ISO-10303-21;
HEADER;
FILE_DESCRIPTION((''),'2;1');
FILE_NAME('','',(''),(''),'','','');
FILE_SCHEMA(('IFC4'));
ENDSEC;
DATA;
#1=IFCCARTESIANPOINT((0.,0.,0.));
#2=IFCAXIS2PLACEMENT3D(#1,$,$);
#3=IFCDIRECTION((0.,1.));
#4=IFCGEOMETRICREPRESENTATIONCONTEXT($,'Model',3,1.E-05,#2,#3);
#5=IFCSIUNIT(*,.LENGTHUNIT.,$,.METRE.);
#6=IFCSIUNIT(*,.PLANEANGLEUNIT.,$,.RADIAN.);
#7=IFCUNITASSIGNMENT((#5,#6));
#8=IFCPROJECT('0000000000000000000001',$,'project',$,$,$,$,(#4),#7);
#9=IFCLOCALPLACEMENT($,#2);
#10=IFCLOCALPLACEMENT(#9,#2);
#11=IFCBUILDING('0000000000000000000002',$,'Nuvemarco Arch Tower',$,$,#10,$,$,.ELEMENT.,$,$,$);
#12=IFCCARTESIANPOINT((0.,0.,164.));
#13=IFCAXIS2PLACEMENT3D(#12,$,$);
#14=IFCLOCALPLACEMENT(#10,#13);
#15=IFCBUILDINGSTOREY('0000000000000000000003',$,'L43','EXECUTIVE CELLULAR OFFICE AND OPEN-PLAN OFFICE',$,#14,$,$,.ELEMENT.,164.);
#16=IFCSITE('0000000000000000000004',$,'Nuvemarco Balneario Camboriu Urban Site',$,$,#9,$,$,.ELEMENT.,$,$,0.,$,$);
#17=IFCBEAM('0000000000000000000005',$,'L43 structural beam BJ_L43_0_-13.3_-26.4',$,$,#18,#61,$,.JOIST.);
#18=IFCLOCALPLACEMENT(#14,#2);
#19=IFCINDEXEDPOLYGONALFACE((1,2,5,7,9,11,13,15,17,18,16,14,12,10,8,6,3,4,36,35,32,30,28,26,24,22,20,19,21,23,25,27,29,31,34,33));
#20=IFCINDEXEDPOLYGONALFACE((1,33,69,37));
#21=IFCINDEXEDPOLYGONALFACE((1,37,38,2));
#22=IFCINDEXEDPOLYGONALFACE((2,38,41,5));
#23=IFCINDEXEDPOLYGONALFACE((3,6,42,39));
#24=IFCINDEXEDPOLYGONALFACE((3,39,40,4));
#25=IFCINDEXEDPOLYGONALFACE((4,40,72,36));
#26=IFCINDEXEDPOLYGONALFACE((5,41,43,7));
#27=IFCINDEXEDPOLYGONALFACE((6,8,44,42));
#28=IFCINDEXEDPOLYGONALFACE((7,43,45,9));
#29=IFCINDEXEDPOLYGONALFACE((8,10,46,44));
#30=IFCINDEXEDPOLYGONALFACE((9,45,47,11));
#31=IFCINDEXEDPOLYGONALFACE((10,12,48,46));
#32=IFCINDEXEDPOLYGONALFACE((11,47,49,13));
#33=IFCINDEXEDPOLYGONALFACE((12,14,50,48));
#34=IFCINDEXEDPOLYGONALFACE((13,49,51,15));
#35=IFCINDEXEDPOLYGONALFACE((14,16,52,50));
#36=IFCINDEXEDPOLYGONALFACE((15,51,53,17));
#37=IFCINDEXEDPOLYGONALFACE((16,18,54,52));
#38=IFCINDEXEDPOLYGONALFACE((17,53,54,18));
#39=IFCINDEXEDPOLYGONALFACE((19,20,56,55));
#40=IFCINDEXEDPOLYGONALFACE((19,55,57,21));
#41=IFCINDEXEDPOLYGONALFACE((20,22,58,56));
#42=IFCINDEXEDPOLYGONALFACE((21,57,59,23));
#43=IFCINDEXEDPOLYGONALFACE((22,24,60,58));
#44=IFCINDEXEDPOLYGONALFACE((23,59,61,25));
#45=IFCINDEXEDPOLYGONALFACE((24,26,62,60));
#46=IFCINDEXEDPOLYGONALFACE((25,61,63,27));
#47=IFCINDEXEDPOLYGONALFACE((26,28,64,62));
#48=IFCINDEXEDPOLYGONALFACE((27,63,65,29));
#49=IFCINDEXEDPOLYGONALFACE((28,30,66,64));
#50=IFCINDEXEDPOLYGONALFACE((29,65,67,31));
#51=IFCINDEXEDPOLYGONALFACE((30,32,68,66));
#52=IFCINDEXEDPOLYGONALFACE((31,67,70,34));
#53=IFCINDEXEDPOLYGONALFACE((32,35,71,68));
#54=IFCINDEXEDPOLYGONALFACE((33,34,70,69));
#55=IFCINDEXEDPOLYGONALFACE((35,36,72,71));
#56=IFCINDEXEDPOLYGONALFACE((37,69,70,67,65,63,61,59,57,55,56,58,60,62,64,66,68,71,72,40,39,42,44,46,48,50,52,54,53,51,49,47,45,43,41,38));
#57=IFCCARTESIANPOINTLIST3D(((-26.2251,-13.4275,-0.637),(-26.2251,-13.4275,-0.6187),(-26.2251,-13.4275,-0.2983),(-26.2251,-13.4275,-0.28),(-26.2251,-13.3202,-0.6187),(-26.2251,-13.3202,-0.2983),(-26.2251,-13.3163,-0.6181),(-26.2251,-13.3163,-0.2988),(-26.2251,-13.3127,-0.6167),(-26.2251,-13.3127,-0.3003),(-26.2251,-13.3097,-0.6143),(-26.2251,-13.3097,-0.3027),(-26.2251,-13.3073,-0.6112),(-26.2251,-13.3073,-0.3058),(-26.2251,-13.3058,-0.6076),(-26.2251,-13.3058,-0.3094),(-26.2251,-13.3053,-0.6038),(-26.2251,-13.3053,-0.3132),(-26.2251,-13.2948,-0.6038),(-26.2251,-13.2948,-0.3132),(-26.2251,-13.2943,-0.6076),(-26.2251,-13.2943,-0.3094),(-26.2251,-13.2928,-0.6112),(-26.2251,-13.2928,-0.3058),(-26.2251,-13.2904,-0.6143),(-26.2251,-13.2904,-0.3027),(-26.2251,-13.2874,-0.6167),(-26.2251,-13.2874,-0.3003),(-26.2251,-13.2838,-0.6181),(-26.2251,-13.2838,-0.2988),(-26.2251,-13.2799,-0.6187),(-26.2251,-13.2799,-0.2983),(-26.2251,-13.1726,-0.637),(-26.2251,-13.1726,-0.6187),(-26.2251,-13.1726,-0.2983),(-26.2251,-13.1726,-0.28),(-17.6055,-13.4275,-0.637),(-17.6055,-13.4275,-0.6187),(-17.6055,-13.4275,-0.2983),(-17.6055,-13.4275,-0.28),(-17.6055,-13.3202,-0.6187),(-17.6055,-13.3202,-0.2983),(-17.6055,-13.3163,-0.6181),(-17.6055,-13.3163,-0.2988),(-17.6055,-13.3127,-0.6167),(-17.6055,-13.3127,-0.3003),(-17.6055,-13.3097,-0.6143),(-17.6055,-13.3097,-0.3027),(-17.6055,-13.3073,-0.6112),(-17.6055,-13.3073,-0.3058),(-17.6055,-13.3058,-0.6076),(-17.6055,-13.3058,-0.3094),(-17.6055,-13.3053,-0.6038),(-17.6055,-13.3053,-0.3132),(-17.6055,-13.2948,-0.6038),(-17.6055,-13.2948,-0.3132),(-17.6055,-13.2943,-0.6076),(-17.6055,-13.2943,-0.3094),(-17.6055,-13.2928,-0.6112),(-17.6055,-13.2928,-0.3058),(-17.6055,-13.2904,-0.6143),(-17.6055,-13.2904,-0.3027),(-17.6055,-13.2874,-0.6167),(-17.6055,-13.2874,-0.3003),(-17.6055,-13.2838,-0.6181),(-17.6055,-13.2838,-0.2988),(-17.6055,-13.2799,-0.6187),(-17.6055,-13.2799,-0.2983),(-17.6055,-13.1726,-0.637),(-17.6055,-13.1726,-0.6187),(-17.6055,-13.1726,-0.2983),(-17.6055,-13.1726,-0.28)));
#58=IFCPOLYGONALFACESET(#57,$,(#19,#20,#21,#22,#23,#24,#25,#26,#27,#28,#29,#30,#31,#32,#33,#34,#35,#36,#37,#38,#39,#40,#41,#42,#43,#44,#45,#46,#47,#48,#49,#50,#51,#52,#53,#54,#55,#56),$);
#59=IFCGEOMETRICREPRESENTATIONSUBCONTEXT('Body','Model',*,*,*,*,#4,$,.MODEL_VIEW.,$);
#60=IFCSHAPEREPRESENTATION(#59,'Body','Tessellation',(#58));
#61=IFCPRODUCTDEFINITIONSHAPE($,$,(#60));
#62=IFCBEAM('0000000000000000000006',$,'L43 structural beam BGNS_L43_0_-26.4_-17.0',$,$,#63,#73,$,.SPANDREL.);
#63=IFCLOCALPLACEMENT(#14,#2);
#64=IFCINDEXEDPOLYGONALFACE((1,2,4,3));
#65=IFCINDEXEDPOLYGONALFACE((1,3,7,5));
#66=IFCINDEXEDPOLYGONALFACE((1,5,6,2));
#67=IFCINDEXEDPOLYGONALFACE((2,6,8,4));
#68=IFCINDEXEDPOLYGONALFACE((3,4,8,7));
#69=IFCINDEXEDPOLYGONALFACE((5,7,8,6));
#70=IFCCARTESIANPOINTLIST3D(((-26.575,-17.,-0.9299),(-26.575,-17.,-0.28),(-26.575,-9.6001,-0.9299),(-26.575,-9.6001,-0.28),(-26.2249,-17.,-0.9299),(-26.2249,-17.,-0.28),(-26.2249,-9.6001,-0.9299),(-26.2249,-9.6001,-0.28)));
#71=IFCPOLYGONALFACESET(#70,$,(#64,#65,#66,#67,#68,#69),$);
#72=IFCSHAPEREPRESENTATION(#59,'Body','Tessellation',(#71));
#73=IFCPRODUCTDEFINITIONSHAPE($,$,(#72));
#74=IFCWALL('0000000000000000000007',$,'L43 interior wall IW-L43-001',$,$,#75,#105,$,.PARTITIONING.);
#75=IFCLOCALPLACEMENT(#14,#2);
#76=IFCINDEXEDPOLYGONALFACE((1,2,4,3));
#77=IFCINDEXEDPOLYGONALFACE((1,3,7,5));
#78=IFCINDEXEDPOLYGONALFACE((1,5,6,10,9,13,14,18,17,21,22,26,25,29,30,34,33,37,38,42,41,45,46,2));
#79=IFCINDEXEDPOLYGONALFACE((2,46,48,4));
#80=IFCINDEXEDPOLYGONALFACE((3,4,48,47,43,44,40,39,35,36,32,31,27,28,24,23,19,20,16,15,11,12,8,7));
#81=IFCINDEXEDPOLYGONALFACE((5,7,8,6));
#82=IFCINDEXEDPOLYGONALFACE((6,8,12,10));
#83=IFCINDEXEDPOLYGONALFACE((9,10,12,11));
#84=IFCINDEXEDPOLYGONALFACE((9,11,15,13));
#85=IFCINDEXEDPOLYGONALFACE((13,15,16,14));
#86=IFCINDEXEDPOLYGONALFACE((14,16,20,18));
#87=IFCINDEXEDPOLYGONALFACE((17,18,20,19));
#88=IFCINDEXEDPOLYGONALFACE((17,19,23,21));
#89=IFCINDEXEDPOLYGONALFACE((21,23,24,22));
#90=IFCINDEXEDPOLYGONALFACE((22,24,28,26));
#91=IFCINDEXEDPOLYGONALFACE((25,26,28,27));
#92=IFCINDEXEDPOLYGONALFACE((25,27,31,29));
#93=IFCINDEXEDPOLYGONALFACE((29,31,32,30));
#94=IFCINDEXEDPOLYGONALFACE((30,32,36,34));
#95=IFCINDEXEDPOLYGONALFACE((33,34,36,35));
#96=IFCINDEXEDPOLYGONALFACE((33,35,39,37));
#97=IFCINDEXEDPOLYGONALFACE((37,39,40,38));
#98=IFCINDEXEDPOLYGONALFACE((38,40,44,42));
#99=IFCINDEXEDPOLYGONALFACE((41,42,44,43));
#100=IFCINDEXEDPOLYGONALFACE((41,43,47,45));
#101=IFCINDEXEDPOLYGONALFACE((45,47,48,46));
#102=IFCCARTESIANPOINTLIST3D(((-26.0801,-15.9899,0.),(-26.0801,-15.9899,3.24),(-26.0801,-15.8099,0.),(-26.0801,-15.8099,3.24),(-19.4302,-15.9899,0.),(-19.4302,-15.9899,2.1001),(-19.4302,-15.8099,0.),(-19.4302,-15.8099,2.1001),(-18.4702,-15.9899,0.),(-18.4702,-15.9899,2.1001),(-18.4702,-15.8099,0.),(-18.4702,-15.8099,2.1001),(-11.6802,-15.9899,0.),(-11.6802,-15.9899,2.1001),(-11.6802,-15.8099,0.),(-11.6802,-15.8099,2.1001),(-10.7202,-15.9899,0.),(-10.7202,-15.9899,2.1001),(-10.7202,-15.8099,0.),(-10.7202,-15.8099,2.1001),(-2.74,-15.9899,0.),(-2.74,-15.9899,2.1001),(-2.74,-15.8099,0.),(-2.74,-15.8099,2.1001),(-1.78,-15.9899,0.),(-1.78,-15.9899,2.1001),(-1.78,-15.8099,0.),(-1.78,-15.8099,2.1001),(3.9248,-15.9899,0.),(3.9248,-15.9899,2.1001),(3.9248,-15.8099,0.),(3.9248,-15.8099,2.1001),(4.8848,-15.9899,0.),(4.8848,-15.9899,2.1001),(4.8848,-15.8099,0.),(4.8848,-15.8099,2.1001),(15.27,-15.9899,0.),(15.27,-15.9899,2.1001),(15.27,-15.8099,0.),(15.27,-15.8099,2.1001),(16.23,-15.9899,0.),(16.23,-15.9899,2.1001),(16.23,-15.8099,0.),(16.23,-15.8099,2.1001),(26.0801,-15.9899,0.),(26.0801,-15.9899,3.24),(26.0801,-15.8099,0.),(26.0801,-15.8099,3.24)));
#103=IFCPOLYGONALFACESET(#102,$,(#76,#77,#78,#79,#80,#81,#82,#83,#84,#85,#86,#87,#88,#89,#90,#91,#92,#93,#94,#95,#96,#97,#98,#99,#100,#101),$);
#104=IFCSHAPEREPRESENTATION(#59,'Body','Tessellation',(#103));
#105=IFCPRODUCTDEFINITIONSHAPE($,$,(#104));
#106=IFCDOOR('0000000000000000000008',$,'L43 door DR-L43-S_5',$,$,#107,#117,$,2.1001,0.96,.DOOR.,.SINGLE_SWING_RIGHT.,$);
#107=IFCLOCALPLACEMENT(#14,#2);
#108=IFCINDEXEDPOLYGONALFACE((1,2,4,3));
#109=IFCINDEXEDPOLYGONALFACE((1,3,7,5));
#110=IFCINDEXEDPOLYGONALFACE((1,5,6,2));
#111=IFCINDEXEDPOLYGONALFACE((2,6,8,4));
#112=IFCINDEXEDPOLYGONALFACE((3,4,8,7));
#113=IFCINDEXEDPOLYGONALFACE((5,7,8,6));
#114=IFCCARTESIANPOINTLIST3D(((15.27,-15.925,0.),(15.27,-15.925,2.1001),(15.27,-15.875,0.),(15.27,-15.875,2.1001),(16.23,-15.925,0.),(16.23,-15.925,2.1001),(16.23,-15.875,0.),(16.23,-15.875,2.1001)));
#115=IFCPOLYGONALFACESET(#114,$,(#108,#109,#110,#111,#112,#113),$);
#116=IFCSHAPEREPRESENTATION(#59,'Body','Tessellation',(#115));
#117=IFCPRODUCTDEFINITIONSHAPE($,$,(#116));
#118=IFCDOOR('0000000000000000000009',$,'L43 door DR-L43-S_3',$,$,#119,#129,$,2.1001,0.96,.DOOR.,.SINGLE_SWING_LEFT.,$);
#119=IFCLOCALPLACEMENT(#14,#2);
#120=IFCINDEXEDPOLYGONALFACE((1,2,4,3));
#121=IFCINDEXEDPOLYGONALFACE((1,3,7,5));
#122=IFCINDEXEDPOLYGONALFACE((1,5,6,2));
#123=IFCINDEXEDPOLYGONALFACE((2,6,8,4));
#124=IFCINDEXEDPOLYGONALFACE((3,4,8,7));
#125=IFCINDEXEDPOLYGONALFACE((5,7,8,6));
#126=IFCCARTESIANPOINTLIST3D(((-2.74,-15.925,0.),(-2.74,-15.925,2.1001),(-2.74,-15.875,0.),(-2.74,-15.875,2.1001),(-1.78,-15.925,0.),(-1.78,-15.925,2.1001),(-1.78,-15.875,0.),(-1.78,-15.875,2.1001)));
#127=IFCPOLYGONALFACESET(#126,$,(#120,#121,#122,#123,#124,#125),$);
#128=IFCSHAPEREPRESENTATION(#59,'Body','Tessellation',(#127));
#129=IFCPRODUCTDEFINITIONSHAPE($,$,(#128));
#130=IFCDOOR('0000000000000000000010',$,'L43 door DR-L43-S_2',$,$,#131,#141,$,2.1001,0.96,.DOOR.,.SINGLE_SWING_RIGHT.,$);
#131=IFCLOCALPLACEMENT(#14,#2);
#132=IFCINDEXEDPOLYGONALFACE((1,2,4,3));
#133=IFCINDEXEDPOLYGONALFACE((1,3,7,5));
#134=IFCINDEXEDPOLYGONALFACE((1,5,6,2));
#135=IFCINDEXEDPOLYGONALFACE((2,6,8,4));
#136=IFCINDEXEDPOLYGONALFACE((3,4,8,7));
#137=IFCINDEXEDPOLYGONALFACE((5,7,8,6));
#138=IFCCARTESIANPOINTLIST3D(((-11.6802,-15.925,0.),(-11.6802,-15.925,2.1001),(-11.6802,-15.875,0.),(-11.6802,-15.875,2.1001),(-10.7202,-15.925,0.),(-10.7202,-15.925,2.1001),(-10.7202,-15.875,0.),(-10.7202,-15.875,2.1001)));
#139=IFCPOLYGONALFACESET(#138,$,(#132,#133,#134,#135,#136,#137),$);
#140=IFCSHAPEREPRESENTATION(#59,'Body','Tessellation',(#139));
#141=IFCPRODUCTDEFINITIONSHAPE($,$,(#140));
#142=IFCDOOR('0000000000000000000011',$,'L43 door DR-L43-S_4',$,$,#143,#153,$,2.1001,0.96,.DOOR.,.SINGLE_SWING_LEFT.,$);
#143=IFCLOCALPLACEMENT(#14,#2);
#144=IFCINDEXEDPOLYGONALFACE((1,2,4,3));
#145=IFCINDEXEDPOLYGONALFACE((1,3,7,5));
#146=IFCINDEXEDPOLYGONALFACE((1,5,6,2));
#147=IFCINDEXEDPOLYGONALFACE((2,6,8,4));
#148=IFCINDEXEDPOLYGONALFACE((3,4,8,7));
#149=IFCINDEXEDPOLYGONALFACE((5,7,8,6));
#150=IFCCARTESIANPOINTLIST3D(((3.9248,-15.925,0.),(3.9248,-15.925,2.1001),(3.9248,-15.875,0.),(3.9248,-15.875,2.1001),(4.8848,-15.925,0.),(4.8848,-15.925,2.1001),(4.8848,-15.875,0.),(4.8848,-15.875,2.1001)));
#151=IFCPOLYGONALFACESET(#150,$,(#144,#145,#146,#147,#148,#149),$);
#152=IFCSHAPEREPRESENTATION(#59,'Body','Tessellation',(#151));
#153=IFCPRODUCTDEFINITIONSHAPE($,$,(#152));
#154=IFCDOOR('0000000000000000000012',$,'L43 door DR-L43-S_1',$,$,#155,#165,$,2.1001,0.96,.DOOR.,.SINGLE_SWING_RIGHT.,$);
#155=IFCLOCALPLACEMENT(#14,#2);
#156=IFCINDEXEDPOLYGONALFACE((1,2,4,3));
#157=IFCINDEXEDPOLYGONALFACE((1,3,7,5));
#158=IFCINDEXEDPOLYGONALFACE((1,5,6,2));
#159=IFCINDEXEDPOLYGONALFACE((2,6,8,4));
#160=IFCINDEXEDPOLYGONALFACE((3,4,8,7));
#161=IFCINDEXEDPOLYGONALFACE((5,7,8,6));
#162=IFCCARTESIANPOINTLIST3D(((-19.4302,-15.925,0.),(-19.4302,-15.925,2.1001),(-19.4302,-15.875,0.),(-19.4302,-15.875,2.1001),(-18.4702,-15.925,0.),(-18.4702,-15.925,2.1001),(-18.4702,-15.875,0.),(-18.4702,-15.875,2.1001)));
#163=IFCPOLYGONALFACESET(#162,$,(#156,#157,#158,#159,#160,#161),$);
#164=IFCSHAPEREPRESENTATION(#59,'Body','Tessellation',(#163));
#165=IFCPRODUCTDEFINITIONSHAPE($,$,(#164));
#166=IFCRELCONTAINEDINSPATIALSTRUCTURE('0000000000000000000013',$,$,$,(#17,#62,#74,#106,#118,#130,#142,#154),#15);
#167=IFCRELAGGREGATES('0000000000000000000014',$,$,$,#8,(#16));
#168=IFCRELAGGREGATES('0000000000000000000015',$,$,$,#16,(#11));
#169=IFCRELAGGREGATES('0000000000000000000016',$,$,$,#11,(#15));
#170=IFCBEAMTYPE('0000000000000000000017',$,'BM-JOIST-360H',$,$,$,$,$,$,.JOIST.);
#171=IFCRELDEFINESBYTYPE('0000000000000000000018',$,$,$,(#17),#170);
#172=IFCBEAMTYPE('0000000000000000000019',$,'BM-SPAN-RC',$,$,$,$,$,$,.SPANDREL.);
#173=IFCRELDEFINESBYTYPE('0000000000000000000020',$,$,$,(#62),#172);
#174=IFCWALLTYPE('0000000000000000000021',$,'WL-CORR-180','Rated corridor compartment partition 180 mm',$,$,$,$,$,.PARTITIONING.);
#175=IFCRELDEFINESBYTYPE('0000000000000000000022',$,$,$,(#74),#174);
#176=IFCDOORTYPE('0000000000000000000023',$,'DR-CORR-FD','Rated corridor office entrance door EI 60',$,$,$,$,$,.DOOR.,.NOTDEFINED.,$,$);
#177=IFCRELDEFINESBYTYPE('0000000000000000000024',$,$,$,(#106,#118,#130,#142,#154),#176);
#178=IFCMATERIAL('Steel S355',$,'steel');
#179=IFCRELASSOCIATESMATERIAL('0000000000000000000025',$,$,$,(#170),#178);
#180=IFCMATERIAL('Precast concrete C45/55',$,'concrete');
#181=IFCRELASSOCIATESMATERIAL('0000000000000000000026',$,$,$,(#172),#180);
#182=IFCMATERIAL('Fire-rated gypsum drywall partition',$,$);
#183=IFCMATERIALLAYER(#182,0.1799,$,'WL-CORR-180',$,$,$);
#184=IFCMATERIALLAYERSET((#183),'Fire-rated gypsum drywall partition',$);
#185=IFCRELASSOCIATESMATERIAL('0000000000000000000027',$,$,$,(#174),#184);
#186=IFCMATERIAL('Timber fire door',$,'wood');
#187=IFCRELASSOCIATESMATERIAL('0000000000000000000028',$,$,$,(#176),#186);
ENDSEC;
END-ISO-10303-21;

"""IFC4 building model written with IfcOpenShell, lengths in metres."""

from ifc_helpers import new_model, si_unit, direction, frame, frame_2d, origin, origin_2d, place, context, subcontext, project, spatial, rectangle, i_section, extrude, source, transform, mapped, material, layer, layer_set, material_profile, profile_set, type_object, type_shapes, element, fill, save


model = new_model("IFC4")

# Units and contexts
model_context = context("Model", 3, precision=1e-05, world=origin(), true_north=direction((0.0, 1.0)))
body_context = subcontext(model_context, "Body", "Model", "MODEL_VIEW")
ifc_project = project(units=[si_unit("LENGTHUNIT", "METRE"), si_unit("PLANEANGLEUNIT", "RADIAN")], contexts=[model_context])

# Site, building, storey
site_placement = place(None, origin())
site = spatial("IfcSite", under=ifc_project, at=site_placement, Name="Nuvemarco Balneario Camboriu Urban Site", CompositionType="ELEMENT", RefElevation=0.0)
building_placement = place(site_placement, origin())
building = spatial("IfcBuilding", under=site, at=building_placement, Name="Nuvemarco Arch Tower", CompositionType="ELEMENT")
storey_placement = place(building_placement, frame((0.0, 0.0, 164.0)))
storey = spatial("IfcBuildingStorey", under=building, at=storey_placement, Name="L43", Description="EXECUTIVE CELLULAR OFFICE AND OPEN-PLAN OFFICE", CompositionType="ELEMENT", Elevation=164.0)

# Shared definitions
ifc_material_1 = material(Name="Steel S355", Category="steel")

# Beams
ifc_material_profile_1 = material_profile(ifc_material_1, i_section(OverallWidth=0.2549, OverallDepth=0.3569, WebThickness=0.0105, FlangeThickness=0.0183, FilletRadius=0.0149, at=origin_2d()), Name="W360x101")
ifc_profile_set_1 = profile_set([ifc_material_profile_1], Name="Steel S355")
beam_type_1 = type_object("IfcBeamType", Name="BM-JOIST-360H", PredefinedType="JOIST", material=ifc_profile_set_1)
beam_1_placement = place(storey_placement, frame((-26.2251, -13.3, -0.4585), z_axis=(1.0, 0.0, 0.0), x_axis=(0.0, 1.0, 0.0)))
element("IfcBeam", 1, at=beam_1_placement, inside=storey, type_object=beam_type_1, Name="L43 structural beam BJ_L43_0_-13.3_-26.4", PredefinedType="JOIST", context=body_context, shape_type="SweptSolid", body=[
    extrude(i_section(OverallWidth=0.2549, OverallDepth=0.3569, WebThickness=0.0105, FlangeThickness=0.0183, FilletRadius=0.0149, at=origin_2d()), origin(), (0.0, 0.0, 1.0), 8.6196),
])
ifc_material_2 = material(Name="Precast concrete C45/55", Category="concrete")
ifc_material_profile_2 = material_profile(ifc_material_2, rectangle(XDim=0.3501, YDim=0.6499, at=origin_2d()), Name="PC-SP-350x650")
ifc_profile_set_2 = profile_set([ifc_material_profile_2], Name="Precast concrete C45/55")
beam_type_2 = type_object("IfcBeamType", Name="BM-SPAN-RC", PredefinedType="SPANDREL", material=ifc_profile_set_2)
beam_2_placement = place(storey_placement, frame((-26.3999, -17.0, -0.605), z_axis=(0.0, 1.0, 0.0), x_axis=(-1.0, 0.0, 0.0)))
element("IfcBeam", 2, at=beam_2_placement, inside=storey, type_object=beam_type_2, Name="L43 structural beam BGNS_L43_0_-26.4_-17.0", PredefinedType="SPANDREL", context=body_context, shape_type="SweptSolid", body=[
    extrude(rectangle(XDim=0.3501, YDim=0.6499, at=origin_2d()), origin(), (0.0, 0.0, 1.0), 7.3999),
])

# Wall, openings, doors
ifc_material_3 = material(Name="Fire-rated gypsum drywall partition")
ifc_layer = layer(ifc_material_3, 0.1799, Name="WL-CORR-180")
ifc_layer_set = layer_set([ifc_layer], Name="Fire-rated gypsum drywall partition")
wall_type = type_object("IfcWallType", Name="WL-CORR-180", Description="Rated corridor compartment partition 180 mm", PredefinedType="PARTITIONING", material=ifc_layer_set)
wall_1_placement = place(storey_placement, frame((-26.0801, -15.8999, 0.0), z_axis=(0.0, 0.0, 1.0), x_axis=(1.0, 0.0, 0.0)))
wall_1 = element("IfcWall", 3, at=wall_1_placement, inside=storey, type_object=wall_type, Name="L43 interior wall IW-L43-001", PredefinedType="PARTITIONING", context=body_context, shape_type="SweptSolid", body=[
    extrude(rectangle(XDim=52.1602, YDim=0.1799, at=frame_2d((26.0801, 0.0))), origin(), (0.0, 0.0, 1.0), 3.24),
])
opening_1_placement = place(wall_1_placement, frame((41.3501, 0.0, 0.0)))
opening_1 = element("IfcOpeningElement", 4, at=opening_1_placement, cuts=wall_1, PredefinedType="OPENING", context=body_context, shape_type="SweptSolid", body=[
    extrude(rectangle(XDim=0.96, YDim=2.1001, at=frame_2d((0.48, 1.05))), frame((0.0, 0.0999, 0.0), z_axis=(0.0, -1.0, 0.0), x_axis=(1.0, 0.0, 0.0)), (0.0, 0.0, 1.0), 0.2),
])
opening_2_placement = place(wall_1_placement, frame((23.3401, 0.0, 0.0)))
opening_2 = element("IfcOpeningElement", 5, at=opening_2_placement, cuts=wall_1, PredefinedType="OPENING", context=body_context, shape_type="SweptSolid", body=[
    extrude(rectangle(XDim=0.96, YDim=2.1001, at=frame_2d((0.48, 1.05))), frame((0.0, 0.0999, 0.0), z_axis=(0.0, -1.0, 0.0), x_axis=(1.0, 0.0, 0.0)), (0.0, 0.0, 1.0), 0.2),
])
opening_3_placement = place(wall_1_placement, frame((14.3999, 0.0, 0.0)))
opening_3 = element("IfcOpeningElement", 6, at=opening_3_placement, cuts=wall_1, PredefinedType="OPENING", context=body_context, shape_type="SweptSolid", body=[
    extrude(rectangle(XDim=0.96, YDim=2.1001, at=frame_2d((0.48, 1.05))), frame((0.0, 0.0999, 0.0), z_axis=(0.0, -1.0, 0.0), x_axis=(1.0, 0.0, 0.0)), (0.0, 0.0, 1.0), 0.2),
])
opening_4_placement = place(wall_1_placement, frame((30.0049, 0.0, 0.0)))
opening_4 = element("IfcOpeningElement", 7, at=opening_4_placement, cuts=wall_1, PredefinedType="OPENING", context=body_context, shape_type="SweptSolid", body=[
    extrude(rectangle(XDim=0.96, YDim=2.1001, at=frame_2d((0.48, 1.05))), frame((0.0, 0.0999, 0.0), z_axis=(0.0, -1.0, 0.0), x_axis=(1.0, 0.0, 0.0)), (0.0, 0.0, 1.0), 0.2),
])
opening_5_placement = place(wall_1_placement, frame((6.6499, 0.0, 0.0)))
opening_5 = element("IfcOpeningElement", 8, at=opening_5_placement, cuts=wall_1, PredefinedType="OPENING", context=body_context, shape_type="SweptSolid", body=[
    extrude(rectangle(XDim=0.96, YDim=2.1001, at=frame_2d((0.48, 1.05))), frame((0.0, 0.0999, 0.0), z_axis=(0.0, -1.0, 0.0), x_axis=(1.0, 0.0, 0.0)), (0.0, 0.0, 1.0), 0.2),
])
ifc_material_4 = material(Name="Timber fire door", Category="wood")
door_type = type_object("IfcDoorType", Name="DR-CORR-FD", Description="Rated corridor office entrance door EI 60", OperationType="NOTDEFINED", PredefinedType="DOOR", material=ifc_material_4)
shared_shape = source(origin(), body_context, "Body", "SweptSolid", [
    extrude(rectangle(XDim=0.96, YDim=2.1001, at=frame_2d((0.48, 1.05))), frame((0.0, 0.0249, 0.0), z_axis=(0.0, -1.0, 0.0), x_axis=(1.0, 0.0, 0.0)), (0.0, 0.0, 1.0), 0.05),
])
type_shapes(door_type, [shared_shape])
door_1_placement = place(opening_1_placement, origin())
door_1 = element("IfcDoor", 9, at=door_1_placement, inside=storey, type_object=door_type, Name="L43 door DR-L43-S_5", OperationType="SINGLE_SWING_RIGHT", OverallHeight=2.1001, OverallWidth=0.96, PredefinedType="DOOR", context=body_context, shape_type="MappedRepresentation", body=[
    mapped(shared_shape, transform((0.0, 0.0, 0.0), scale=1.0)),
])
fill(opening_1, door_1)
door_2_placement = place(opening_2_placement, origin())
door_2 = element("IfcDoor", 10, at=door_2_placement, inside=storey, type_object=door_type, Name="L43 door DR-L43-S_3", OperationType="SINGLE_SWING_LEFT", OverallHeight=2.1001, OverallWidth=0.96, PredefinedType="DOOR", context=body_context, shape_type="MappedRepresentation", body=[
    mapped(shared_shape, transform((0.0, 0.0, 0.0), scale=1.0)),
])
fill(opening_2, door_2)
door_3_placement = place(opening_3_placement, origin())
door_3 = element("IfcDoor", 11, at=door_3_placement, inside=storey, type_object=door_type, Name="L43 door DR-L43-S_2", OperationType="SINGLE_SWING_RIGHT", OverallHeight=2.1001, OverallWidth=0.96, PredefinedType="DOOR", context=body_context, shape_type="MappedRepresentation", body=[
    mapped(shared_shape, transform((0.0, 0.0, 0.0), scale=1.0)),
])
fill(opening_3, door_3)
door_4_placement = place(opening_4_placement, origin())
door_4 = element("IfcDoor", 12, at=door_4_placement, inside=storey, type_object=door_type, Name="L43 door DR-L43-S_4", OperationType="SINGLE_SWING_LEFT", OverallHeight=2.1001, OverallWidth=0.96, PredefinedType="DOOR", context=body_context, shape_type="MappedRepresentation", body=[
    mapped(shared_shape, transform((0.0, 0.0, 0.0), scale=1.0)),
])
fill(opening_4, door_4)
door_5_placement = place(opening_5_placement, origin())
door_5 = element("IfcDoor", 13, at=door_5_placement, inside=storey, type_object=door_type, Name="L43 door DR-L43-S_1", OperationType="SINGLE_SWING_RIGHT", OverallHeight=2.1001, OverallWidth=0.96, PredefinedType="DOOR", context=body_context, shape_type="MappedRepresentation", body=[
    mapped(shared_shape, transform((0.0, 0.0, 0.0), scale=1.0)),
])
fill(opening_5, door_5)

save(model, "model.ifc")
